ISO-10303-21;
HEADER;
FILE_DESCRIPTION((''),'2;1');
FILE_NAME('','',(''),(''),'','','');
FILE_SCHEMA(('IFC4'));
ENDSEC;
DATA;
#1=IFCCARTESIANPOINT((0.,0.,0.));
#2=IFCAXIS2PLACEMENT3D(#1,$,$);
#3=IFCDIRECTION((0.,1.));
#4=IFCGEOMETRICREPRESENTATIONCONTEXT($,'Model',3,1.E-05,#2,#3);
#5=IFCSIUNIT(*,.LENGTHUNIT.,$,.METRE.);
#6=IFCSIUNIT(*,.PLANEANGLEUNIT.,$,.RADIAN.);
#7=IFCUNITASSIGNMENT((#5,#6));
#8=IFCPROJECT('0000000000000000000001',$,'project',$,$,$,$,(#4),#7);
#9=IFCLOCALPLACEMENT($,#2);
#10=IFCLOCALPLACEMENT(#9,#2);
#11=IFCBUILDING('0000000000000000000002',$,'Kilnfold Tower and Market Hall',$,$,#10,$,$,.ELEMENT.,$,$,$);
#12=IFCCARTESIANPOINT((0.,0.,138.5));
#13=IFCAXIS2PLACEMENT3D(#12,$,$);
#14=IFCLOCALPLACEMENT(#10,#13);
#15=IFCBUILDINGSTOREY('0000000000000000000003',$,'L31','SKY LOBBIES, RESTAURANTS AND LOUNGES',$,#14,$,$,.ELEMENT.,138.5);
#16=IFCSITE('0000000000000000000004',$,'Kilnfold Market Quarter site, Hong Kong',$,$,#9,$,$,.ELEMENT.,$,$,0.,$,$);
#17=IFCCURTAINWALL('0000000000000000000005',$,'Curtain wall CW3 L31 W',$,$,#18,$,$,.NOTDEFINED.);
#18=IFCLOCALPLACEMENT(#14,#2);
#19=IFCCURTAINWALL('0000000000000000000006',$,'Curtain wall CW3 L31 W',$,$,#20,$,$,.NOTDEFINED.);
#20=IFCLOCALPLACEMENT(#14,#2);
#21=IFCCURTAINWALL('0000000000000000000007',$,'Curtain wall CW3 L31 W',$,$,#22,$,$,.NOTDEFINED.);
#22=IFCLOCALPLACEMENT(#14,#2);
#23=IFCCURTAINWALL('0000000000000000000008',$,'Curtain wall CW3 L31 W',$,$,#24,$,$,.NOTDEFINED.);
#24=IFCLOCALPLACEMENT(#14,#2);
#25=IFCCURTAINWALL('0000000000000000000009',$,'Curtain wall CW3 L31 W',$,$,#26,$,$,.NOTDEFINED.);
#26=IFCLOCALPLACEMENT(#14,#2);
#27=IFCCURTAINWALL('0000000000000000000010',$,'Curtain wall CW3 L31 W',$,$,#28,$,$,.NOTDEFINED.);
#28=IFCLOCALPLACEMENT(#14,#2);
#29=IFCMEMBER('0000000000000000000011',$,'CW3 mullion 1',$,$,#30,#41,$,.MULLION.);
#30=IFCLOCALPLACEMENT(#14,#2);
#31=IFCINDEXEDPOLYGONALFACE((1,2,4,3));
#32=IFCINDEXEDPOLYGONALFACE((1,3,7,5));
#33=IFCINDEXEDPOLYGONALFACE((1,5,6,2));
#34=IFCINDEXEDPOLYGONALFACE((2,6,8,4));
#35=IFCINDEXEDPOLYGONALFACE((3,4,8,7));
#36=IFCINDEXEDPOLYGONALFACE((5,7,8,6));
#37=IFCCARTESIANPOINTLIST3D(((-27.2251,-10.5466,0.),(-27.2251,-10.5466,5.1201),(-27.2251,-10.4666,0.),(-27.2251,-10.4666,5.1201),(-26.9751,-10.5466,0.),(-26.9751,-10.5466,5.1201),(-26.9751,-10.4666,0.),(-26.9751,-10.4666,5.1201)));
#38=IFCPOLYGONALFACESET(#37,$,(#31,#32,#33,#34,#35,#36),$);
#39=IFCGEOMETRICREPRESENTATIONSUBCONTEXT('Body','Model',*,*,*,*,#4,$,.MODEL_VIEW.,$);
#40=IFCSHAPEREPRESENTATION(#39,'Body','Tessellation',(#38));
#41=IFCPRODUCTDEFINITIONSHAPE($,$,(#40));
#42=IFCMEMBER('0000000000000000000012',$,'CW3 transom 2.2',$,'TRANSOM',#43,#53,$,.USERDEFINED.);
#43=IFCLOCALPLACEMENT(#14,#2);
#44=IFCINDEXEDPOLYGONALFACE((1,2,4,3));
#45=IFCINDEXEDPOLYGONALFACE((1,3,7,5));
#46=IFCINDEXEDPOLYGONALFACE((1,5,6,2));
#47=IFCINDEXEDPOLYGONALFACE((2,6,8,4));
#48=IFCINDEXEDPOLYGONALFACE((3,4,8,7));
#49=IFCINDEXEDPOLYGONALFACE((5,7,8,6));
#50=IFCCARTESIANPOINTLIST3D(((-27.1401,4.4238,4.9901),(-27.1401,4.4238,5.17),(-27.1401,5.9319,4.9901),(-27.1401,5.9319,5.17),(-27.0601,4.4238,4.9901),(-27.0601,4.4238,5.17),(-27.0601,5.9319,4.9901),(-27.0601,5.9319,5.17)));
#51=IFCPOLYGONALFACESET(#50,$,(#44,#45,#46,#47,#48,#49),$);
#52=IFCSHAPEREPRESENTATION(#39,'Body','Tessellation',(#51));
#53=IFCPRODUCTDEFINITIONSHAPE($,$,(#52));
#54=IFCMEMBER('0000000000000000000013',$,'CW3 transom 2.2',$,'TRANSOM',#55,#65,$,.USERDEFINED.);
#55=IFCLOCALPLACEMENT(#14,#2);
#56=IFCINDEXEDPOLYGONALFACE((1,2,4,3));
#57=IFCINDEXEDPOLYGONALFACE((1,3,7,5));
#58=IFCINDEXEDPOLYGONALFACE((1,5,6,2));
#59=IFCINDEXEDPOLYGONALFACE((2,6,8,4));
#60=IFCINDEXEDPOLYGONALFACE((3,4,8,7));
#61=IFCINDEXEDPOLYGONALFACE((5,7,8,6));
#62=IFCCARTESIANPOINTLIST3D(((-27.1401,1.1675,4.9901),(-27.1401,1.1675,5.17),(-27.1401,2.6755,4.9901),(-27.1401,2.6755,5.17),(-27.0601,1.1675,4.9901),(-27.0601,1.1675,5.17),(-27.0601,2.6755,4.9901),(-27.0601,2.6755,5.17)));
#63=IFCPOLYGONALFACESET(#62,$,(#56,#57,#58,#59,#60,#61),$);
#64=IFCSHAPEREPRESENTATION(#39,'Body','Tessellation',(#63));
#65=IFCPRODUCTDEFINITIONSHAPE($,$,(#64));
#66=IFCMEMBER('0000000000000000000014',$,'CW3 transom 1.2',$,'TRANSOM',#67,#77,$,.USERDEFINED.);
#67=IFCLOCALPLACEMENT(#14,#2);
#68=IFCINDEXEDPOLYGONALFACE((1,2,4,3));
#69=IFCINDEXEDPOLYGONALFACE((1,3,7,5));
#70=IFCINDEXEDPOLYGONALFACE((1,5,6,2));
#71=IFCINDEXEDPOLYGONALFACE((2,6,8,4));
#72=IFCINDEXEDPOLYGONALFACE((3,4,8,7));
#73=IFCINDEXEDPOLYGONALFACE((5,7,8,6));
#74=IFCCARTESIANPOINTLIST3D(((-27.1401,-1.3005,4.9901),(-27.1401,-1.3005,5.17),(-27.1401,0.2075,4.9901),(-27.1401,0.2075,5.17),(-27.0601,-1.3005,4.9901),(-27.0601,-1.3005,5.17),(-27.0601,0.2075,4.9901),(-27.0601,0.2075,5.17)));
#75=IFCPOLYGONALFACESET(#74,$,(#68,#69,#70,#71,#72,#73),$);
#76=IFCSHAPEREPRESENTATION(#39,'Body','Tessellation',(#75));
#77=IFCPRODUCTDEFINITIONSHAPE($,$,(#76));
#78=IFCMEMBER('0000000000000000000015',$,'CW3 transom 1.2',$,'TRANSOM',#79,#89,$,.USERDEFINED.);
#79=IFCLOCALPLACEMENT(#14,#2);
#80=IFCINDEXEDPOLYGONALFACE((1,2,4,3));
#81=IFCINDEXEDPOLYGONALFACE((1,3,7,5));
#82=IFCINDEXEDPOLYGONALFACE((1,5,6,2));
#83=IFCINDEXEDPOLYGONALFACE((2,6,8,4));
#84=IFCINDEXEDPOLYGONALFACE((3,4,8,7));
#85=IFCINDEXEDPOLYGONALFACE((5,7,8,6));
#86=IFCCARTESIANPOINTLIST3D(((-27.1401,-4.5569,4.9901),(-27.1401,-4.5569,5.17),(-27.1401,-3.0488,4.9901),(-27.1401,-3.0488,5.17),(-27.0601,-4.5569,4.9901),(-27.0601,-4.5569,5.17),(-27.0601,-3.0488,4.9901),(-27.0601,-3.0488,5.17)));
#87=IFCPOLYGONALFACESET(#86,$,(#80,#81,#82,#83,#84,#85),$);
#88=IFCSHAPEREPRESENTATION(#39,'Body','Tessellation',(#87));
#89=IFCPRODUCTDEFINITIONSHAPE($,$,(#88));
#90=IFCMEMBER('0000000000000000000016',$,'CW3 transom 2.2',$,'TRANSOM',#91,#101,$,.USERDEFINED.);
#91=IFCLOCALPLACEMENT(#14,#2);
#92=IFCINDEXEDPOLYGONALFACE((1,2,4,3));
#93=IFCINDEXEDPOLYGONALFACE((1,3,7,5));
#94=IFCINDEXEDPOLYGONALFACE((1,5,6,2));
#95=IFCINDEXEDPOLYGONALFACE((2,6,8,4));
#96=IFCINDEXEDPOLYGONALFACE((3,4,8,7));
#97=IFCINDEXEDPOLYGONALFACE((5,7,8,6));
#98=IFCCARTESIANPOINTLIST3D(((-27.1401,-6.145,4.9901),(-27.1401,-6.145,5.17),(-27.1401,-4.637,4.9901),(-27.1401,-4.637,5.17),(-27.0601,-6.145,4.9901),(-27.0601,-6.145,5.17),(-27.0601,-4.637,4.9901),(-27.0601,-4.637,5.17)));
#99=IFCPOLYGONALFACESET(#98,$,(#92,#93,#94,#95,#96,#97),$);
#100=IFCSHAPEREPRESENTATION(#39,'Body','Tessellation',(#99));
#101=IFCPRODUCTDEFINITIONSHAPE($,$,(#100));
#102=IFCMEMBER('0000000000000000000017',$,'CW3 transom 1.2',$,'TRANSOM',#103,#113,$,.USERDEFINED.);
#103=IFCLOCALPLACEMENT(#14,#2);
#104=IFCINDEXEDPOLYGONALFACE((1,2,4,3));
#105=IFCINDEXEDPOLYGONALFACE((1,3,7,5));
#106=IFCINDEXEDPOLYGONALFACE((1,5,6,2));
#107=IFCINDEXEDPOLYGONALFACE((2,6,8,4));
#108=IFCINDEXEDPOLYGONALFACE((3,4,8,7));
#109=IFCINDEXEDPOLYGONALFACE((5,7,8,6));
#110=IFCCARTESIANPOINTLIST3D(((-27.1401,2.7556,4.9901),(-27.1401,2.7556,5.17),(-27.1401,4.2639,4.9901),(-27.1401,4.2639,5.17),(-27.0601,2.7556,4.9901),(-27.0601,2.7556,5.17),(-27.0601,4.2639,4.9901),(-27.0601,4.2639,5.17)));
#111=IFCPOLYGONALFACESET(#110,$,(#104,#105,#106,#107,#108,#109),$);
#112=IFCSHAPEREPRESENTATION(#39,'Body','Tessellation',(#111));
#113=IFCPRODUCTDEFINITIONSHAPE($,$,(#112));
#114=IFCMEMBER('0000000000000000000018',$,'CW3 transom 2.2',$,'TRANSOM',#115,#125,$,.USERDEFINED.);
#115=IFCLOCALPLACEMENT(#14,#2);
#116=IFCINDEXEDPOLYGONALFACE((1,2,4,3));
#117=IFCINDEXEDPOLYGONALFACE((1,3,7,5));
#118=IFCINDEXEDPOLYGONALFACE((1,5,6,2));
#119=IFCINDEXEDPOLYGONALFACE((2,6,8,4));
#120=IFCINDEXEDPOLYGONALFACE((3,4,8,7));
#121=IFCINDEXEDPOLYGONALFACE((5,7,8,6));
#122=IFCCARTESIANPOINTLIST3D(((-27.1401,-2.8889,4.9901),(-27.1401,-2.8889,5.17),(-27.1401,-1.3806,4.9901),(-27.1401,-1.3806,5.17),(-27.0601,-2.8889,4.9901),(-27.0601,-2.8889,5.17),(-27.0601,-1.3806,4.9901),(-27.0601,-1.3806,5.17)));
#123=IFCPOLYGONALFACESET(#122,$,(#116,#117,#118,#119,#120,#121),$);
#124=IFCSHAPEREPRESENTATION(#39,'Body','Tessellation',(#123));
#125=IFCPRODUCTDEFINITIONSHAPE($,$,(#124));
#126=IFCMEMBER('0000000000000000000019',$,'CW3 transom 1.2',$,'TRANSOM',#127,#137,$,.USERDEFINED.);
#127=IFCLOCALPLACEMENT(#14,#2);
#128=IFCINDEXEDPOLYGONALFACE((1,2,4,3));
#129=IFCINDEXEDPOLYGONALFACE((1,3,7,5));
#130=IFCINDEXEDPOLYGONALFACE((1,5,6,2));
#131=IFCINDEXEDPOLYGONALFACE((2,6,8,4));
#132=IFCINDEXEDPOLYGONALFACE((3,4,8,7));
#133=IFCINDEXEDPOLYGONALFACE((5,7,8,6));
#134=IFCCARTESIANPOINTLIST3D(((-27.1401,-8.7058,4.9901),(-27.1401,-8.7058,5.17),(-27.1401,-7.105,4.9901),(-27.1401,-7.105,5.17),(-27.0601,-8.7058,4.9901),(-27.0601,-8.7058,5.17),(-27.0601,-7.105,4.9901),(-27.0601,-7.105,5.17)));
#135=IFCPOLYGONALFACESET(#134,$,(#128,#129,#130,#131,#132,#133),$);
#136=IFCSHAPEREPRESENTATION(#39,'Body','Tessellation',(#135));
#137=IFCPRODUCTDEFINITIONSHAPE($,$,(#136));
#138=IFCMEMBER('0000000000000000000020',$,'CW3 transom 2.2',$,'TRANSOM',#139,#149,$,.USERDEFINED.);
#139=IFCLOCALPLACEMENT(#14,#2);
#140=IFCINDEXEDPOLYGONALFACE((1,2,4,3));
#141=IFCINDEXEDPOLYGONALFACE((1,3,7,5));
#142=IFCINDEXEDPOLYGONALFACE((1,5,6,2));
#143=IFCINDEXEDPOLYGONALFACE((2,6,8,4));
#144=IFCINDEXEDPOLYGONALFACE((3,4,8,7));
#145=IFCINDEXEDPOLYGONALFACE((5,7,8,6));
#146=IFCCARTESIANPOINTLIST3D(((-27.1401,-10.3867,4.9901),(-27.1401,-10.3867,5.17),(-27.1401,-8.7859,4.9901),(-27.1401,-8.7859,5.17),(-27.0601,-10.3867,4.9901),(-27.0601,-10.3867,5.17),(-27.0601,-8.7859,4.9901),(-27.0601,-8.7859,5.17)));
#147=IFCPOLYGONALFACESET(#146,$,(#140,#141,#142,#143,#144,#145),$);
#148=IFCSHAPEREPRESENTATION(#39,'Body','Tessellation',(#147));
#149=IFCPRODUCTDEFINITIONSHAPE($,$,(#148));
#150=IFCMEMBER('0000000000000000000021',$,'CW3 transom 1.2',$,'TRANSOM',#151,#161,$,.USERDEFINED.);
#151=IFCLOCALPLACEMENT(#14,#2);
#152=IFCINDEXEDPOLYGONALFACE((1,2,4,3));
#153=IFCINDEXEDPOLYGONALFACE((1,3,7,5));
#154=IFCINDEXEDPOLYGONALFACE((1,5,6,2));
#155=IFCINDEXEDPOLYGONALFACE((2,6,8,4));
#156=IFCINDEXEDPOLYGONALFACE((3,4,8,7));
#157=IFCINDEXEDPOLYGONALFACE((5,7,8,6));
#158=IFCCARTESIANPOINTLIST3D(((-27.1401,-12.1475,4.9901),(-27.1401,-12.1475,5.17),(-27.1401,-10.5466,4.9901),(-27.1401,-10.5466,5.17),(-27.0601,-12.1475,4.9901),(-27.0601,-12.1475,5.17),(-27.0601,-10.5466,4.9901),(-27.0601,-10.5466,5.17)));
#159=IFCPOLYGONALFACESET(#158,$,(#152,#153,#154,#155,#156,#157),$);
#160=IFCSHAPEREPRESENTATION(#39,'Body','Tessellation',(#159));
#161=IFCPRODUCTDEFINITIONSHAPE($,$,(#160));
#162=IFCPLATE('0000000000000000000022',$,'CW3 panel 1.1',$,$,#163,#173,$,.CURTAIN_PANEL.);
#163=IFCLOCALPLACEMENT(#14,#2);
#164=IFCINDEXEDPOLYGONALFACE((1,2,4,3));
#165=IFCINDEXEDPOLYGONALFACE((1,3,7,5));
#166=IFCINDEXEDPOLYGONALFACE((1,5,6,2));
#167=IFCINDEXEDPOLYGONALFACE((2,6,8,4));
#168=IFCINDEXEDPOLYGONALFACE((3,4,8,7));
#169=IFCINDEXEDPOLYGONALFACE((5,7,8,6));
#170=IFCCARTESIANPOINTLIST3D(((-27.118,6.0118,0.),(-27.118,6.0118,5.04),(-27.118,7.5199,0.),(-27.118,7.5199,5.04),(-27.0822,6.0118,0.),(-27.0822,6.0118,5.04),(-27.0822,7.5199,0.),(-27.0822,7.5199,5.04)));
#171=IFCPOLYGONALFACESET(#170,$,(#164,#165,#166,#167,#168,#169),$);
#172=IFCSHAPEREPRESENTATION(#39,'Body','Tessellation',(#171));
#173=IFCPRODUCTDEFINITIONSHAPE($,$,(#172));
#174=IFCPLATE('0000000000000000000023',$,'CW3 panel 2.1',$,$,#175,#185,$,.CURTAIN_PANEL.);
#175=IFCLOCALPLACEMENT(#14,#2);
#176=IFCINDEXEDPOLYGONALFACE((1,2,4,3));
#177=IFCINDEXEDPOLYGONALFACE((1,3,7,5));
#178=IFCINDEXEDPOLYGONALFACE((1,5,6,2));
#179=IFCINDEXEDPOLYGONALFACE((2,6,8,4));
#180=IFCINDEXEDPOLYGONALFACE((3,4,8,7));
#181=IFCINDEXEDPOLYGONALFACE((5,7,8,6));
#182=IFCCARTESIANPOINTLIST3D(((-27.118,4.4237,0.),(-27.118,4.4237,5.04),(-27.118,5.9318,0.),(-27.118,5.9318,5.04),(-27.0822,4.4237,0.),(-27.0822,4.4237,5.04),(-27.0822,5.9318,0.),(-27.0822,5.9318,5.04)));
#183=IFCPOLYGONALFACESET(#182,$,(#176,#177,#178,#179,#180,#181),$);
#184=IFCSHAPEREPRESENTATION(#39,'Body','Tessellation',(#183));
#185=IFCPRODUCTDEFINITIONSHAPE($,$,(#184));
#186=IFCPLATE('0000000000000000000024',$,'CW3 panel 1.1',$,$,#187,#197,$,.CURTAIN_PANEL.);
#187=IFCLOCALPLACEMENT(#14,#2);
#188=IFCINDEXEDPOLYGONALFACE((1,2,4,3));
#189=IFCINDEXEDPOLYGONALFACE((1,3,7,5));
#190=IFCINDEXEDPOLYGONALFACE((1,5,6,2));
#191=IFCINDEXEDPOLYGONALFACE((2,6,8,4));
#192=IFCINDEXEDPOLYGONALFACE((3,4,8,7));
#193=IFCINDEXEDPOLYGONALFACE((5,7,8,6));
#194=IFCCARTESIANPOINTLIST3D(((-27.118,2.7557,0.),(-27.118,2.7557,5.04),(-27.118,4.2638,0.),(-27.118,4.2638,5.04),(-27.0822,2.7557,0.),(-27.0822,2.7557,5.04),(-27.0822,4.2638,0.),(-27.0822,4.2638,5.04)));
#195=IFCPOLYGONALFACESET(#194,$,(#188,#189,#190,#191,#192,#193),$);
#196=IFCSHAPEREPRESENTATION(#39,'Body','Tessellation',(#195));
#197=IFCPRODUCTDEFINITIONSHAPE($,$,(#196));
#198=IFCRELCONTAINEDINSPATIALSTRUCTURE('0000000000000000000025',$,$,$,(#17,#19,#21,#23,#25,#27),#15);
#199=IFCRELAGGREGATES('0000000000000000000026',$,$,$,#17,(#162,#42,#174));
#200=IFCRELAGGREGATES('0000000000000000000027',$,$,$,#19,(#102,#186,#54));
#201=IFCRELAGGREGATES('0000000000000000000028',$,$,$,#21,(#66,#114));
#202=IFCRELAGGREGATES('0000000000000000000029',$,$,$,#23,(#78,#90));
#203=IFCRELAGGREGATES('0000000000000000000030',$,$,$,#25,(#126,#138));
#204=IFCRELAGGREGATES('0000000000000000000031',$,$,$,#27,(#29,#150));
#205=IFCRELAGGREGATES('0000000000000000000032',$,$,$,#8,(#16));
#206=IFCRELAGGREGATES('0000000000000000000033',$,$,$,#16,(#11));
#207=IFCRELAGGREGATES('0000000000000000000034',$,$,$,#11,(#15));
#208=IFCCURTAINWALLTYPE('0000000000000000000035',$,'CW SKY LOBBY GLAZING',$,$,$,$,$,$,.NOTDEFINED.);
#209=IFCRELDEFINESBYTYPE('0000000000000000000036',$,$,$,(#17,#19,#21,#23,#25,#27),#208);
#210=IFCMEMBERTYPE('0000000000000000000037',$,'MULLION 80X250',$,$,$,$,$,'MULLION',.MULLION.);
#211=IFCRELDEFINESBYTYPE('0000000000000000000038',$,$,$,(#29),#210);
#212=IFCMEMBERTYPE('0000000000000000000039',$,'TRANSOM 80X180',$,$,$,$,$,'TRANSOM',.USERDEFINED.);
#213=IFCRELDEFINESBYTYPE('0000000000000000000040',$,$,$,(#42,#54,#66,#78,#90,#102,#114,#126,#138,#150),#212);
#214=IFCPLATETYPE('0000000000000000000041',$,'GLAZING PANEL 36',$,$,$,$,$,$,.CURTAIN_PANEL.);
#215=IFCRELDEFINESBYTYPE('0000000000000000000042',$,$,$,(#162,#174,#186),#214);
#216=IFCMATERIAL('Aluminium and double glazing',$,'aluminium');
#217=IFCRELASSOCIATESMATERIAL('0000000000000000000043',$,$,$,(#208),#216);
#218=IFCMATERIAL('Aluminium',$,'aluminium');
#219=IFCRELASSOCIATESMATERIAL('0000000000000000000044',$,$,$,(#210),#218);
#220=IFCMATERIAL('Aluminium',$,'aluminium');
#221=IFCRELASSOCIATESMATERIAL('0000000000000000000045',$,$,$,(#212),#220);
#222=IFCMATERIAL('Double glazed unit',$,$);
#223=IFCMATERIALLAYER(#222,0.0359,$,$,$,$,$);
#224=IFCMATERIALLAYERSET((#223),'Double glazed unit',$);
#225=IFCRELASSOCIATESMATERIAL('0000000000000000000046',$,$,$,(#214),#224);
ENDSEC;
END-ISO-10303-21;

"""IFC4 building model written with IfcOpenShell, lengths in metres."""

from ifc_helpers import new_model, si_unit, direction, frame, origin, origin_2d, place, context, subcontext, project, spatial, rectangle, extrude, source, transform, mapped, material, layer, layer_set, material_profile, profile_set, type_object, element, aggregate, save


model = new_model("IFC4")

# Units and contexts
model_context = context("Model", 3, precision=1e-05, world=origin(), true_north=direction((0.0, 1.0)))
body_context = subcontext(model_context, "Body", "Model", "MODEL_VIEW")
ifc_project = project(units=[si_unit("LENGTHUNIT", "METRE"), si_unit("PLANEANGLEUNIT", "RADIAN")], contexts=[model_context])

# Site, building, storey
site_placement = place(None, origin())
site = spatial("IfcSite", under=ifc_project, at=site_placement, Name="Kilnfold Market Quarter site, Hong Kong", CompositionType="ELEMENT", RefElevation=0.0)
building_placement = place(site_placement, origin())
building = spatial("IfcBuilding", under=site, at=building_placement, Name="Kilnfold Tower and Market Hall", CompositionType="ELEMENT")
storey_placement = place(building_placement, frame((0.0, 0.0, 138.5)))
storey = spatial("IfcBuildingStorey", under=building, at=storey_placement, Name="L31", Description="SKY LOBBIES, RESTAURANTS AND LOUNGES", CompositionType="ELEMENT", Elevation=138.5)

# Curtain walls
ifc_material_1 = material(Name="Aluminium and double glazing", Category="aluminium")
curtain_wall_type = type_object("IfcCurtainWallType", Name="CW SKY LOBBY GLAZING", PredefinedType="NOTDEFINED", material=ifc_material_1)
curtain_wall_1_placement = place(storey_placement, origin())
curtain_wall_1 = element("IfcCurtainWall", 1, at=curtain_wall_1_placement, inside=storey, type_object=curtain_wall_type, Name="Curtain wall CW3 L31 W", PredefinedType="NOTDEFINED")
ifc_material_2 = material(Name="Aluminium", Category="aluminium")
ifc_material_profile_1 = material_profile(ifc_material_2, rectangle(XDim=0.0801, YDim=0.25, at=origin_2d()), Name="MULLION 80x250")
ifc_profile_set_1 = profile_set([ifc_material_profile_1], Name="Aluminium")
member_type_1 = type_object("IfcMemberType", Name="MULLION 80X250", ElementType="MULLION", PredefinedType="MULLION", material=ifc_profile_set_1)
shared_shape_1 = source(origin(), body_context, "Body", "SweptSolid", [
    extrude(rectangle(XDim=0.0801, YDim=0.25, at=origin_2d()), origin(), (0.0, 0.0, 1.0), 5.1201),
])
curtain_wall_2_placement = place(storey_placement, origin())
curtain_wall_2 = element("IfcCurtainWall", 2, at=curtain_wall_2_placement, inside=storey, type_object=curtain_wall_type, Name="Curtain wall CW3 L31 W", PredefinedType="NOTDEFINED")
curtain_wall_3_placement = place(storey_placement, origin())
curtain_wall_3 = element("IfcCurtainWall", 3, at=curtain_wall_3_placement, inside=storey, type_object=curtain_wall_type, Name="Curtain wall CW3 L31 W", PredefinedType="NOTDEFINED")
curtain_wall_4_placement = place(storey_placement, origin())
curtain_wall_4 = element("IfcCurtainWall", 4, at=curtain_wall_4_placement, inside=storey, type_object=curtain_wall_type, Name="Curtain wall CW3 L31 W", PredefinedType="NOTDEFINED")
curtain_wall_5_placement = place(storey_placement, origin())
curtain_wall_5 = element("IfcCurtainWall", 5, at=curtain_wall_5_placement, inside=storey, type_object=curtain_wall_type, Name="Curtain wall CW3 L31 W", PredefinedType="NOTDEFINED")

# Curtain wall, member
curtain_wall_6_placement = place(storey_placement, origin())
curtain_wall_6 = element("IfcCurtainWall", 6, at=curtain_wall_6_placement, inside=storey, type_object=curtain_wall_type, Name="Curtain wall CW3 L31 W", PredefinedType="NOTDEFINED")
member_1_placement = place(storey_placement, frame((-27.1001, -10.5066, 0.0), z_axis=(0.0, 0.0, 1.0), x_axis=(0.0, -1.0, 0.0)))
member_1 = element("IfcMember", 7, at=member_1_placement, type_object=member_type_1, Name="CW3 mullion 1", PredefinedType="MULLION", context=body_context, shape_type="MappedRepresentation", body=[
    mapped(shared_shape_1, transform((0.0, 0.0, 0.0))),
])

# Members
ifc_material_3 = material(Name="Aluminium", Category="aluminium")
ifc_material_profile_2 = material_profile(ifc_material_3, rectangle(XDim=0.0801, YDim=0.1799, at=origin_2d()), Name="TRANSOM 80x180")
ifc_profile_set_2 = profile_set([ifc_material_profile_2], Name="Aluminium")
member_type_2 = type_object("IfcMemberType", Name="TRANSOM 80X180", ElementType="TRANSOM", PredefinedType="USERDEFINED", material=ifc_profile_set_2)
shared_shape_2 = source(origin(), body_context, "Body", "SweptSolid", [
    extrude(rectangle(XDim=0.0801, YDim=0.1799, at=origin_2d()), origin(), (0.0, 0.0, 1.0), 1.5081),
])
member_2_placement = place(storey_placement, frame((-27.1001, 5.9319, 5.0801), z_axis=(0.0, -1.0, 0.0), x_axis=(1.0, 0.0, 0.0)))
member_2 = element("IfcMember", 8, at=member_2_placement, type_object=member_type_2, Name="CW3 transom 2.2", ObjectType="TRANSOM", PredefinedType="USERDEFINED", context=body_context, shape_type="MappedRepresentation", body=[
    mapped(shared_shape_2, transform((0.0, 0.0, 0.0))),
])
member_3_placement = place(storey_placement, frame((-27.1001, 2.6755, 5.0801), z_axis=(0.0, -1.0, 0.0), x_axis=(1.0, 0.0, 0.0)))
member_3 = element("IfcMember", 9, at=member_3_placement, type_object=member_type_2, Name="CW3 transom 2.2", ObjectType="TRANSOM", PredefinedType="USERDEFINED", context=body_context, shape_type="MappedRepresentation", body=[
    mapped(shared_shape_2, transform((0.0, 0.0, 0.0))),
])
member_4_placement = place(storey_placement, frame((-27.1001, 0.2075, 5.0801), z_axis=(0.0, -1.0, 0.0), x_axis=(1.0, 0.0, 0.0)))
member_4 = element("IfcMember", 10, at=member_4_placement, type_object=member_type_2, Name="CW3 transom 1.2", ObjectType="TRANSOM", PredefinedType="USERDEFINED", context=body_context, shape_type="MappedRepresentation", body=[
    mapped(shared_shape_2, transform((0.0, 0.0, 0.0))),
])
member_5_placement = place(storey_placement, frame((-27.1001, -3.0488, 5.0801), z_axis=(0.0, -1.0, 0.0), x_axis=(1.0, 0.0, 0.0)))
member_5 = element("IfcMember", 11, at=member_5_placement, type_object=member_type_2, Name="CW3 transom 1.2", ObjectType="TRANSOM", PredefinedType="USERDEFINED", context=body_context, shape_type="MappedRepresentation", body=[
    mapped(shared_shape_2, transform((0.0, 0.0, 0.0))),
])
member_6_placement = place(storey_placement, frame((-27.1001, -4.637, 5.0801), z_axis=(0.0, -1.0, 0.0), x_axis=(1.0, 0.0, 0.0)))
member_6 = element("IfcMember", 12, at=member_6_placement, type_object=member_type_2, Name="CW3 transom 2.2", ObjectType="TRANSOM", PredefinedType="USERDEFINED", context=body_context, shape_type="MappedRepresentation", body=[
    mapped(shared_shape_2, transform((0.0, 0.0, 0.0))),
])
shared_shape_3 = source(origin(), body_context, "Body", "SweptSolid", [
    extrude(rectangle(XDim=0.0801, YDim=0.1799, at=origin_2d()), origin(), (0.0, 0.0, 1.0), 1.5083),
])
member_7_placement = place(storey_placement, frame((-27.1001, 4.2639, 5.0801), z_axis=(0.0, -1.0, 0.0), x_axis=(1.0, 0.0, 0.0)))
member_7 = element("IfcMember", 13, at=member_7_placement, type_object=member_type_2, Name="CW3 transom 1.2", ObjectType="TRANSOM", PredefinedType="USERDEFINED", context=body_context, shape_type="MappedRepresentation", body=[
    mapped(shared_shape_3, transform((0.0, 0.0, 0.0))),
])
member_8_placement = place(storey_placement, frame((-27.1001, -1.3806, 5.0801), z_axis=(0.0, -1.0, 0.0), x_axis=(1.0, 0.0, 0.0)))
member_8 = element("IfcMember", 14, at=member_8_placement, type_object=member_type_2, Name="CW3 transom 2.2", ObjectType="TRANSOM", PredefinedType="USERDEFINED", context=body_context, shape_type="MappedRepresentation", body=[
    mapped(shared_shape_3, transform((0.0, 0.0, 0.0))),
])
shared_shape_4 = source(origin(), body_context, "Body", "SweptSolid", [
    extrude(rectangle(XDim=0.0801, YDim=0.1799, at=origin_2d()), origin(), (0.0, 0.0, 1.0), 1.6008),
])
member_9_placement = place(storey_placement, frame((-27.1001, -7.105, 5.0801), z_axis=(0.0, -1.0, 0.0), x_axis=(1.0, 0.0, 0.0)))
member_9 = element("IfcMember", 15, at=member_9_placement, type_object=member_type_2, Name="CW3 transom 1.2", ObjectType="TRANSOM", PredefinedType="USERDEFINED", context=body_context, shape_type="MappedRepresentation", body=[
    mapped(shared_shape_4, transform((0.0, 0.0, 0.0))),
])
member_10_placement = place(storey_placement, frame((-27.1001, -8.7859, 5.0801), z_axis=(0.0, -1.0, 0.0), x_axis=(1.0, 0.0, 0.0)))
member_10 = element("IfcMember", 16, at=member_10_placement, type_object=member_type_2, Name="CW3 transom 2.2", ObjectType="TRANSOM", PredefinedType="USERDEFINED", context=body_context, shape_type="MappedRepresentation", body=[
    mapped(shared_shape_4, transform((0.0, 0.0, 0.0))),
])
member_11_placement = place(storey_placement, frame((-27.1001, -10.5466, 5.0801), z_axis=(0.0, -1.0, 0.0), x_axis=(1.0, 0.0, 0.0)))
member_11 = element("IfcMember", 17, at=member_11_placement, type_object=member_type_2, Name="CW3 transom 1.2", ObjectType="TRANSOM", PredefinedType="USERDEFINED", context=body_context, shape_type="MappedRepresentation", body=[
    mapped(shared_shape_4, transform((0.0, 0.0, 0.0))),
])

# Plates
ifc_material_4 = material(Name="Double glazed unit")
ifc_layer_1 = layer(ifc_material_4, 0.0359)
ifc_layer_set_1 = layer_set([ifc_layer_1], Name="Double glazed unit")
plate_type = type_object("IfcPlateType", Name="GLAZING PANEL 36", PredefinedType="CURTAIN_PANEL", material=ifc_layer_set_1)
shared_shape_5 = source(origin(), body_context, "Body", "SweptSolid", [
    extrude(rectangle(XDim=1.5081, YDim=0.0359, at=origin_2d()), origin(), (0.0, 0.0, 1.0), 5.04),
])
plate_1_placement = place(storey_placement, frame((-27.1001, 6.7659, 0.0), z_axis=(0.0, 0.0, 1.0), x_axis=(0.0, -1.0, 0.0)))
plate_1 = element("IfcPlate", 18, at=plate_1_placement, type_object=plate_type, Name="CW3 panel 1.1", PredefinedType="CURTAIN_PANEL", context=body_context, shape_type="MappedRepresentation", body=[
    mapped(shared_shape_5, transform((0.0, 0.0, 0.0))),
])
plate_2_placement = place(storey_placement, frame((-27.1001, 5.1777, 0.0), z_axis=(0.0, 0.0, 1.0), x_axis=(0.0, -1.0, 0.0)))
plate_2 = element("IfcPlate", 19, at=plate_2_placement, type_object=plate_type, Name="CW3 panel 2.1", PredefinedType="CURTAIN_PANEL", context=body_context, shape_type="MappedRepresentation", body=[
    mapped(shared_shape_5, transform((0.0, 0.0, 0.0))),
])
aggregate(curtain_wall_1, [plate_1, member_2, plate_2])
plate_3_placement = place(storey_placement, frame((-27.1001, 3.5098, 0.0), z_axis=(0.0, 0.0, 1.0), x_axis=(0.0, -1.0, 0.0)))
plate_3 = element("IfcPlate", 20, at=plate_3_placement, type_object=plate_type, Name="CW3 panel 1.1", PredefinedType="CURTAIN_PANEL", context=body_context, shape_type="MappedRepresentation", body=[
    mapped(shared_shape_5, transform((0.0, 0.0, 0.0))),
])
aggregate(curtain_wall_2, [member_7, plate_3, member_3])
aggregate(curtain_wall_3, [member_4, member_8])
aggregate(curtain_wall_4, [member_5, member_6])
aggregate(curtain_wall_5, [member_9, member_10])
aggregate(curtain_wall_6, [member_1, member_11])

save(model, "model.ifc")
